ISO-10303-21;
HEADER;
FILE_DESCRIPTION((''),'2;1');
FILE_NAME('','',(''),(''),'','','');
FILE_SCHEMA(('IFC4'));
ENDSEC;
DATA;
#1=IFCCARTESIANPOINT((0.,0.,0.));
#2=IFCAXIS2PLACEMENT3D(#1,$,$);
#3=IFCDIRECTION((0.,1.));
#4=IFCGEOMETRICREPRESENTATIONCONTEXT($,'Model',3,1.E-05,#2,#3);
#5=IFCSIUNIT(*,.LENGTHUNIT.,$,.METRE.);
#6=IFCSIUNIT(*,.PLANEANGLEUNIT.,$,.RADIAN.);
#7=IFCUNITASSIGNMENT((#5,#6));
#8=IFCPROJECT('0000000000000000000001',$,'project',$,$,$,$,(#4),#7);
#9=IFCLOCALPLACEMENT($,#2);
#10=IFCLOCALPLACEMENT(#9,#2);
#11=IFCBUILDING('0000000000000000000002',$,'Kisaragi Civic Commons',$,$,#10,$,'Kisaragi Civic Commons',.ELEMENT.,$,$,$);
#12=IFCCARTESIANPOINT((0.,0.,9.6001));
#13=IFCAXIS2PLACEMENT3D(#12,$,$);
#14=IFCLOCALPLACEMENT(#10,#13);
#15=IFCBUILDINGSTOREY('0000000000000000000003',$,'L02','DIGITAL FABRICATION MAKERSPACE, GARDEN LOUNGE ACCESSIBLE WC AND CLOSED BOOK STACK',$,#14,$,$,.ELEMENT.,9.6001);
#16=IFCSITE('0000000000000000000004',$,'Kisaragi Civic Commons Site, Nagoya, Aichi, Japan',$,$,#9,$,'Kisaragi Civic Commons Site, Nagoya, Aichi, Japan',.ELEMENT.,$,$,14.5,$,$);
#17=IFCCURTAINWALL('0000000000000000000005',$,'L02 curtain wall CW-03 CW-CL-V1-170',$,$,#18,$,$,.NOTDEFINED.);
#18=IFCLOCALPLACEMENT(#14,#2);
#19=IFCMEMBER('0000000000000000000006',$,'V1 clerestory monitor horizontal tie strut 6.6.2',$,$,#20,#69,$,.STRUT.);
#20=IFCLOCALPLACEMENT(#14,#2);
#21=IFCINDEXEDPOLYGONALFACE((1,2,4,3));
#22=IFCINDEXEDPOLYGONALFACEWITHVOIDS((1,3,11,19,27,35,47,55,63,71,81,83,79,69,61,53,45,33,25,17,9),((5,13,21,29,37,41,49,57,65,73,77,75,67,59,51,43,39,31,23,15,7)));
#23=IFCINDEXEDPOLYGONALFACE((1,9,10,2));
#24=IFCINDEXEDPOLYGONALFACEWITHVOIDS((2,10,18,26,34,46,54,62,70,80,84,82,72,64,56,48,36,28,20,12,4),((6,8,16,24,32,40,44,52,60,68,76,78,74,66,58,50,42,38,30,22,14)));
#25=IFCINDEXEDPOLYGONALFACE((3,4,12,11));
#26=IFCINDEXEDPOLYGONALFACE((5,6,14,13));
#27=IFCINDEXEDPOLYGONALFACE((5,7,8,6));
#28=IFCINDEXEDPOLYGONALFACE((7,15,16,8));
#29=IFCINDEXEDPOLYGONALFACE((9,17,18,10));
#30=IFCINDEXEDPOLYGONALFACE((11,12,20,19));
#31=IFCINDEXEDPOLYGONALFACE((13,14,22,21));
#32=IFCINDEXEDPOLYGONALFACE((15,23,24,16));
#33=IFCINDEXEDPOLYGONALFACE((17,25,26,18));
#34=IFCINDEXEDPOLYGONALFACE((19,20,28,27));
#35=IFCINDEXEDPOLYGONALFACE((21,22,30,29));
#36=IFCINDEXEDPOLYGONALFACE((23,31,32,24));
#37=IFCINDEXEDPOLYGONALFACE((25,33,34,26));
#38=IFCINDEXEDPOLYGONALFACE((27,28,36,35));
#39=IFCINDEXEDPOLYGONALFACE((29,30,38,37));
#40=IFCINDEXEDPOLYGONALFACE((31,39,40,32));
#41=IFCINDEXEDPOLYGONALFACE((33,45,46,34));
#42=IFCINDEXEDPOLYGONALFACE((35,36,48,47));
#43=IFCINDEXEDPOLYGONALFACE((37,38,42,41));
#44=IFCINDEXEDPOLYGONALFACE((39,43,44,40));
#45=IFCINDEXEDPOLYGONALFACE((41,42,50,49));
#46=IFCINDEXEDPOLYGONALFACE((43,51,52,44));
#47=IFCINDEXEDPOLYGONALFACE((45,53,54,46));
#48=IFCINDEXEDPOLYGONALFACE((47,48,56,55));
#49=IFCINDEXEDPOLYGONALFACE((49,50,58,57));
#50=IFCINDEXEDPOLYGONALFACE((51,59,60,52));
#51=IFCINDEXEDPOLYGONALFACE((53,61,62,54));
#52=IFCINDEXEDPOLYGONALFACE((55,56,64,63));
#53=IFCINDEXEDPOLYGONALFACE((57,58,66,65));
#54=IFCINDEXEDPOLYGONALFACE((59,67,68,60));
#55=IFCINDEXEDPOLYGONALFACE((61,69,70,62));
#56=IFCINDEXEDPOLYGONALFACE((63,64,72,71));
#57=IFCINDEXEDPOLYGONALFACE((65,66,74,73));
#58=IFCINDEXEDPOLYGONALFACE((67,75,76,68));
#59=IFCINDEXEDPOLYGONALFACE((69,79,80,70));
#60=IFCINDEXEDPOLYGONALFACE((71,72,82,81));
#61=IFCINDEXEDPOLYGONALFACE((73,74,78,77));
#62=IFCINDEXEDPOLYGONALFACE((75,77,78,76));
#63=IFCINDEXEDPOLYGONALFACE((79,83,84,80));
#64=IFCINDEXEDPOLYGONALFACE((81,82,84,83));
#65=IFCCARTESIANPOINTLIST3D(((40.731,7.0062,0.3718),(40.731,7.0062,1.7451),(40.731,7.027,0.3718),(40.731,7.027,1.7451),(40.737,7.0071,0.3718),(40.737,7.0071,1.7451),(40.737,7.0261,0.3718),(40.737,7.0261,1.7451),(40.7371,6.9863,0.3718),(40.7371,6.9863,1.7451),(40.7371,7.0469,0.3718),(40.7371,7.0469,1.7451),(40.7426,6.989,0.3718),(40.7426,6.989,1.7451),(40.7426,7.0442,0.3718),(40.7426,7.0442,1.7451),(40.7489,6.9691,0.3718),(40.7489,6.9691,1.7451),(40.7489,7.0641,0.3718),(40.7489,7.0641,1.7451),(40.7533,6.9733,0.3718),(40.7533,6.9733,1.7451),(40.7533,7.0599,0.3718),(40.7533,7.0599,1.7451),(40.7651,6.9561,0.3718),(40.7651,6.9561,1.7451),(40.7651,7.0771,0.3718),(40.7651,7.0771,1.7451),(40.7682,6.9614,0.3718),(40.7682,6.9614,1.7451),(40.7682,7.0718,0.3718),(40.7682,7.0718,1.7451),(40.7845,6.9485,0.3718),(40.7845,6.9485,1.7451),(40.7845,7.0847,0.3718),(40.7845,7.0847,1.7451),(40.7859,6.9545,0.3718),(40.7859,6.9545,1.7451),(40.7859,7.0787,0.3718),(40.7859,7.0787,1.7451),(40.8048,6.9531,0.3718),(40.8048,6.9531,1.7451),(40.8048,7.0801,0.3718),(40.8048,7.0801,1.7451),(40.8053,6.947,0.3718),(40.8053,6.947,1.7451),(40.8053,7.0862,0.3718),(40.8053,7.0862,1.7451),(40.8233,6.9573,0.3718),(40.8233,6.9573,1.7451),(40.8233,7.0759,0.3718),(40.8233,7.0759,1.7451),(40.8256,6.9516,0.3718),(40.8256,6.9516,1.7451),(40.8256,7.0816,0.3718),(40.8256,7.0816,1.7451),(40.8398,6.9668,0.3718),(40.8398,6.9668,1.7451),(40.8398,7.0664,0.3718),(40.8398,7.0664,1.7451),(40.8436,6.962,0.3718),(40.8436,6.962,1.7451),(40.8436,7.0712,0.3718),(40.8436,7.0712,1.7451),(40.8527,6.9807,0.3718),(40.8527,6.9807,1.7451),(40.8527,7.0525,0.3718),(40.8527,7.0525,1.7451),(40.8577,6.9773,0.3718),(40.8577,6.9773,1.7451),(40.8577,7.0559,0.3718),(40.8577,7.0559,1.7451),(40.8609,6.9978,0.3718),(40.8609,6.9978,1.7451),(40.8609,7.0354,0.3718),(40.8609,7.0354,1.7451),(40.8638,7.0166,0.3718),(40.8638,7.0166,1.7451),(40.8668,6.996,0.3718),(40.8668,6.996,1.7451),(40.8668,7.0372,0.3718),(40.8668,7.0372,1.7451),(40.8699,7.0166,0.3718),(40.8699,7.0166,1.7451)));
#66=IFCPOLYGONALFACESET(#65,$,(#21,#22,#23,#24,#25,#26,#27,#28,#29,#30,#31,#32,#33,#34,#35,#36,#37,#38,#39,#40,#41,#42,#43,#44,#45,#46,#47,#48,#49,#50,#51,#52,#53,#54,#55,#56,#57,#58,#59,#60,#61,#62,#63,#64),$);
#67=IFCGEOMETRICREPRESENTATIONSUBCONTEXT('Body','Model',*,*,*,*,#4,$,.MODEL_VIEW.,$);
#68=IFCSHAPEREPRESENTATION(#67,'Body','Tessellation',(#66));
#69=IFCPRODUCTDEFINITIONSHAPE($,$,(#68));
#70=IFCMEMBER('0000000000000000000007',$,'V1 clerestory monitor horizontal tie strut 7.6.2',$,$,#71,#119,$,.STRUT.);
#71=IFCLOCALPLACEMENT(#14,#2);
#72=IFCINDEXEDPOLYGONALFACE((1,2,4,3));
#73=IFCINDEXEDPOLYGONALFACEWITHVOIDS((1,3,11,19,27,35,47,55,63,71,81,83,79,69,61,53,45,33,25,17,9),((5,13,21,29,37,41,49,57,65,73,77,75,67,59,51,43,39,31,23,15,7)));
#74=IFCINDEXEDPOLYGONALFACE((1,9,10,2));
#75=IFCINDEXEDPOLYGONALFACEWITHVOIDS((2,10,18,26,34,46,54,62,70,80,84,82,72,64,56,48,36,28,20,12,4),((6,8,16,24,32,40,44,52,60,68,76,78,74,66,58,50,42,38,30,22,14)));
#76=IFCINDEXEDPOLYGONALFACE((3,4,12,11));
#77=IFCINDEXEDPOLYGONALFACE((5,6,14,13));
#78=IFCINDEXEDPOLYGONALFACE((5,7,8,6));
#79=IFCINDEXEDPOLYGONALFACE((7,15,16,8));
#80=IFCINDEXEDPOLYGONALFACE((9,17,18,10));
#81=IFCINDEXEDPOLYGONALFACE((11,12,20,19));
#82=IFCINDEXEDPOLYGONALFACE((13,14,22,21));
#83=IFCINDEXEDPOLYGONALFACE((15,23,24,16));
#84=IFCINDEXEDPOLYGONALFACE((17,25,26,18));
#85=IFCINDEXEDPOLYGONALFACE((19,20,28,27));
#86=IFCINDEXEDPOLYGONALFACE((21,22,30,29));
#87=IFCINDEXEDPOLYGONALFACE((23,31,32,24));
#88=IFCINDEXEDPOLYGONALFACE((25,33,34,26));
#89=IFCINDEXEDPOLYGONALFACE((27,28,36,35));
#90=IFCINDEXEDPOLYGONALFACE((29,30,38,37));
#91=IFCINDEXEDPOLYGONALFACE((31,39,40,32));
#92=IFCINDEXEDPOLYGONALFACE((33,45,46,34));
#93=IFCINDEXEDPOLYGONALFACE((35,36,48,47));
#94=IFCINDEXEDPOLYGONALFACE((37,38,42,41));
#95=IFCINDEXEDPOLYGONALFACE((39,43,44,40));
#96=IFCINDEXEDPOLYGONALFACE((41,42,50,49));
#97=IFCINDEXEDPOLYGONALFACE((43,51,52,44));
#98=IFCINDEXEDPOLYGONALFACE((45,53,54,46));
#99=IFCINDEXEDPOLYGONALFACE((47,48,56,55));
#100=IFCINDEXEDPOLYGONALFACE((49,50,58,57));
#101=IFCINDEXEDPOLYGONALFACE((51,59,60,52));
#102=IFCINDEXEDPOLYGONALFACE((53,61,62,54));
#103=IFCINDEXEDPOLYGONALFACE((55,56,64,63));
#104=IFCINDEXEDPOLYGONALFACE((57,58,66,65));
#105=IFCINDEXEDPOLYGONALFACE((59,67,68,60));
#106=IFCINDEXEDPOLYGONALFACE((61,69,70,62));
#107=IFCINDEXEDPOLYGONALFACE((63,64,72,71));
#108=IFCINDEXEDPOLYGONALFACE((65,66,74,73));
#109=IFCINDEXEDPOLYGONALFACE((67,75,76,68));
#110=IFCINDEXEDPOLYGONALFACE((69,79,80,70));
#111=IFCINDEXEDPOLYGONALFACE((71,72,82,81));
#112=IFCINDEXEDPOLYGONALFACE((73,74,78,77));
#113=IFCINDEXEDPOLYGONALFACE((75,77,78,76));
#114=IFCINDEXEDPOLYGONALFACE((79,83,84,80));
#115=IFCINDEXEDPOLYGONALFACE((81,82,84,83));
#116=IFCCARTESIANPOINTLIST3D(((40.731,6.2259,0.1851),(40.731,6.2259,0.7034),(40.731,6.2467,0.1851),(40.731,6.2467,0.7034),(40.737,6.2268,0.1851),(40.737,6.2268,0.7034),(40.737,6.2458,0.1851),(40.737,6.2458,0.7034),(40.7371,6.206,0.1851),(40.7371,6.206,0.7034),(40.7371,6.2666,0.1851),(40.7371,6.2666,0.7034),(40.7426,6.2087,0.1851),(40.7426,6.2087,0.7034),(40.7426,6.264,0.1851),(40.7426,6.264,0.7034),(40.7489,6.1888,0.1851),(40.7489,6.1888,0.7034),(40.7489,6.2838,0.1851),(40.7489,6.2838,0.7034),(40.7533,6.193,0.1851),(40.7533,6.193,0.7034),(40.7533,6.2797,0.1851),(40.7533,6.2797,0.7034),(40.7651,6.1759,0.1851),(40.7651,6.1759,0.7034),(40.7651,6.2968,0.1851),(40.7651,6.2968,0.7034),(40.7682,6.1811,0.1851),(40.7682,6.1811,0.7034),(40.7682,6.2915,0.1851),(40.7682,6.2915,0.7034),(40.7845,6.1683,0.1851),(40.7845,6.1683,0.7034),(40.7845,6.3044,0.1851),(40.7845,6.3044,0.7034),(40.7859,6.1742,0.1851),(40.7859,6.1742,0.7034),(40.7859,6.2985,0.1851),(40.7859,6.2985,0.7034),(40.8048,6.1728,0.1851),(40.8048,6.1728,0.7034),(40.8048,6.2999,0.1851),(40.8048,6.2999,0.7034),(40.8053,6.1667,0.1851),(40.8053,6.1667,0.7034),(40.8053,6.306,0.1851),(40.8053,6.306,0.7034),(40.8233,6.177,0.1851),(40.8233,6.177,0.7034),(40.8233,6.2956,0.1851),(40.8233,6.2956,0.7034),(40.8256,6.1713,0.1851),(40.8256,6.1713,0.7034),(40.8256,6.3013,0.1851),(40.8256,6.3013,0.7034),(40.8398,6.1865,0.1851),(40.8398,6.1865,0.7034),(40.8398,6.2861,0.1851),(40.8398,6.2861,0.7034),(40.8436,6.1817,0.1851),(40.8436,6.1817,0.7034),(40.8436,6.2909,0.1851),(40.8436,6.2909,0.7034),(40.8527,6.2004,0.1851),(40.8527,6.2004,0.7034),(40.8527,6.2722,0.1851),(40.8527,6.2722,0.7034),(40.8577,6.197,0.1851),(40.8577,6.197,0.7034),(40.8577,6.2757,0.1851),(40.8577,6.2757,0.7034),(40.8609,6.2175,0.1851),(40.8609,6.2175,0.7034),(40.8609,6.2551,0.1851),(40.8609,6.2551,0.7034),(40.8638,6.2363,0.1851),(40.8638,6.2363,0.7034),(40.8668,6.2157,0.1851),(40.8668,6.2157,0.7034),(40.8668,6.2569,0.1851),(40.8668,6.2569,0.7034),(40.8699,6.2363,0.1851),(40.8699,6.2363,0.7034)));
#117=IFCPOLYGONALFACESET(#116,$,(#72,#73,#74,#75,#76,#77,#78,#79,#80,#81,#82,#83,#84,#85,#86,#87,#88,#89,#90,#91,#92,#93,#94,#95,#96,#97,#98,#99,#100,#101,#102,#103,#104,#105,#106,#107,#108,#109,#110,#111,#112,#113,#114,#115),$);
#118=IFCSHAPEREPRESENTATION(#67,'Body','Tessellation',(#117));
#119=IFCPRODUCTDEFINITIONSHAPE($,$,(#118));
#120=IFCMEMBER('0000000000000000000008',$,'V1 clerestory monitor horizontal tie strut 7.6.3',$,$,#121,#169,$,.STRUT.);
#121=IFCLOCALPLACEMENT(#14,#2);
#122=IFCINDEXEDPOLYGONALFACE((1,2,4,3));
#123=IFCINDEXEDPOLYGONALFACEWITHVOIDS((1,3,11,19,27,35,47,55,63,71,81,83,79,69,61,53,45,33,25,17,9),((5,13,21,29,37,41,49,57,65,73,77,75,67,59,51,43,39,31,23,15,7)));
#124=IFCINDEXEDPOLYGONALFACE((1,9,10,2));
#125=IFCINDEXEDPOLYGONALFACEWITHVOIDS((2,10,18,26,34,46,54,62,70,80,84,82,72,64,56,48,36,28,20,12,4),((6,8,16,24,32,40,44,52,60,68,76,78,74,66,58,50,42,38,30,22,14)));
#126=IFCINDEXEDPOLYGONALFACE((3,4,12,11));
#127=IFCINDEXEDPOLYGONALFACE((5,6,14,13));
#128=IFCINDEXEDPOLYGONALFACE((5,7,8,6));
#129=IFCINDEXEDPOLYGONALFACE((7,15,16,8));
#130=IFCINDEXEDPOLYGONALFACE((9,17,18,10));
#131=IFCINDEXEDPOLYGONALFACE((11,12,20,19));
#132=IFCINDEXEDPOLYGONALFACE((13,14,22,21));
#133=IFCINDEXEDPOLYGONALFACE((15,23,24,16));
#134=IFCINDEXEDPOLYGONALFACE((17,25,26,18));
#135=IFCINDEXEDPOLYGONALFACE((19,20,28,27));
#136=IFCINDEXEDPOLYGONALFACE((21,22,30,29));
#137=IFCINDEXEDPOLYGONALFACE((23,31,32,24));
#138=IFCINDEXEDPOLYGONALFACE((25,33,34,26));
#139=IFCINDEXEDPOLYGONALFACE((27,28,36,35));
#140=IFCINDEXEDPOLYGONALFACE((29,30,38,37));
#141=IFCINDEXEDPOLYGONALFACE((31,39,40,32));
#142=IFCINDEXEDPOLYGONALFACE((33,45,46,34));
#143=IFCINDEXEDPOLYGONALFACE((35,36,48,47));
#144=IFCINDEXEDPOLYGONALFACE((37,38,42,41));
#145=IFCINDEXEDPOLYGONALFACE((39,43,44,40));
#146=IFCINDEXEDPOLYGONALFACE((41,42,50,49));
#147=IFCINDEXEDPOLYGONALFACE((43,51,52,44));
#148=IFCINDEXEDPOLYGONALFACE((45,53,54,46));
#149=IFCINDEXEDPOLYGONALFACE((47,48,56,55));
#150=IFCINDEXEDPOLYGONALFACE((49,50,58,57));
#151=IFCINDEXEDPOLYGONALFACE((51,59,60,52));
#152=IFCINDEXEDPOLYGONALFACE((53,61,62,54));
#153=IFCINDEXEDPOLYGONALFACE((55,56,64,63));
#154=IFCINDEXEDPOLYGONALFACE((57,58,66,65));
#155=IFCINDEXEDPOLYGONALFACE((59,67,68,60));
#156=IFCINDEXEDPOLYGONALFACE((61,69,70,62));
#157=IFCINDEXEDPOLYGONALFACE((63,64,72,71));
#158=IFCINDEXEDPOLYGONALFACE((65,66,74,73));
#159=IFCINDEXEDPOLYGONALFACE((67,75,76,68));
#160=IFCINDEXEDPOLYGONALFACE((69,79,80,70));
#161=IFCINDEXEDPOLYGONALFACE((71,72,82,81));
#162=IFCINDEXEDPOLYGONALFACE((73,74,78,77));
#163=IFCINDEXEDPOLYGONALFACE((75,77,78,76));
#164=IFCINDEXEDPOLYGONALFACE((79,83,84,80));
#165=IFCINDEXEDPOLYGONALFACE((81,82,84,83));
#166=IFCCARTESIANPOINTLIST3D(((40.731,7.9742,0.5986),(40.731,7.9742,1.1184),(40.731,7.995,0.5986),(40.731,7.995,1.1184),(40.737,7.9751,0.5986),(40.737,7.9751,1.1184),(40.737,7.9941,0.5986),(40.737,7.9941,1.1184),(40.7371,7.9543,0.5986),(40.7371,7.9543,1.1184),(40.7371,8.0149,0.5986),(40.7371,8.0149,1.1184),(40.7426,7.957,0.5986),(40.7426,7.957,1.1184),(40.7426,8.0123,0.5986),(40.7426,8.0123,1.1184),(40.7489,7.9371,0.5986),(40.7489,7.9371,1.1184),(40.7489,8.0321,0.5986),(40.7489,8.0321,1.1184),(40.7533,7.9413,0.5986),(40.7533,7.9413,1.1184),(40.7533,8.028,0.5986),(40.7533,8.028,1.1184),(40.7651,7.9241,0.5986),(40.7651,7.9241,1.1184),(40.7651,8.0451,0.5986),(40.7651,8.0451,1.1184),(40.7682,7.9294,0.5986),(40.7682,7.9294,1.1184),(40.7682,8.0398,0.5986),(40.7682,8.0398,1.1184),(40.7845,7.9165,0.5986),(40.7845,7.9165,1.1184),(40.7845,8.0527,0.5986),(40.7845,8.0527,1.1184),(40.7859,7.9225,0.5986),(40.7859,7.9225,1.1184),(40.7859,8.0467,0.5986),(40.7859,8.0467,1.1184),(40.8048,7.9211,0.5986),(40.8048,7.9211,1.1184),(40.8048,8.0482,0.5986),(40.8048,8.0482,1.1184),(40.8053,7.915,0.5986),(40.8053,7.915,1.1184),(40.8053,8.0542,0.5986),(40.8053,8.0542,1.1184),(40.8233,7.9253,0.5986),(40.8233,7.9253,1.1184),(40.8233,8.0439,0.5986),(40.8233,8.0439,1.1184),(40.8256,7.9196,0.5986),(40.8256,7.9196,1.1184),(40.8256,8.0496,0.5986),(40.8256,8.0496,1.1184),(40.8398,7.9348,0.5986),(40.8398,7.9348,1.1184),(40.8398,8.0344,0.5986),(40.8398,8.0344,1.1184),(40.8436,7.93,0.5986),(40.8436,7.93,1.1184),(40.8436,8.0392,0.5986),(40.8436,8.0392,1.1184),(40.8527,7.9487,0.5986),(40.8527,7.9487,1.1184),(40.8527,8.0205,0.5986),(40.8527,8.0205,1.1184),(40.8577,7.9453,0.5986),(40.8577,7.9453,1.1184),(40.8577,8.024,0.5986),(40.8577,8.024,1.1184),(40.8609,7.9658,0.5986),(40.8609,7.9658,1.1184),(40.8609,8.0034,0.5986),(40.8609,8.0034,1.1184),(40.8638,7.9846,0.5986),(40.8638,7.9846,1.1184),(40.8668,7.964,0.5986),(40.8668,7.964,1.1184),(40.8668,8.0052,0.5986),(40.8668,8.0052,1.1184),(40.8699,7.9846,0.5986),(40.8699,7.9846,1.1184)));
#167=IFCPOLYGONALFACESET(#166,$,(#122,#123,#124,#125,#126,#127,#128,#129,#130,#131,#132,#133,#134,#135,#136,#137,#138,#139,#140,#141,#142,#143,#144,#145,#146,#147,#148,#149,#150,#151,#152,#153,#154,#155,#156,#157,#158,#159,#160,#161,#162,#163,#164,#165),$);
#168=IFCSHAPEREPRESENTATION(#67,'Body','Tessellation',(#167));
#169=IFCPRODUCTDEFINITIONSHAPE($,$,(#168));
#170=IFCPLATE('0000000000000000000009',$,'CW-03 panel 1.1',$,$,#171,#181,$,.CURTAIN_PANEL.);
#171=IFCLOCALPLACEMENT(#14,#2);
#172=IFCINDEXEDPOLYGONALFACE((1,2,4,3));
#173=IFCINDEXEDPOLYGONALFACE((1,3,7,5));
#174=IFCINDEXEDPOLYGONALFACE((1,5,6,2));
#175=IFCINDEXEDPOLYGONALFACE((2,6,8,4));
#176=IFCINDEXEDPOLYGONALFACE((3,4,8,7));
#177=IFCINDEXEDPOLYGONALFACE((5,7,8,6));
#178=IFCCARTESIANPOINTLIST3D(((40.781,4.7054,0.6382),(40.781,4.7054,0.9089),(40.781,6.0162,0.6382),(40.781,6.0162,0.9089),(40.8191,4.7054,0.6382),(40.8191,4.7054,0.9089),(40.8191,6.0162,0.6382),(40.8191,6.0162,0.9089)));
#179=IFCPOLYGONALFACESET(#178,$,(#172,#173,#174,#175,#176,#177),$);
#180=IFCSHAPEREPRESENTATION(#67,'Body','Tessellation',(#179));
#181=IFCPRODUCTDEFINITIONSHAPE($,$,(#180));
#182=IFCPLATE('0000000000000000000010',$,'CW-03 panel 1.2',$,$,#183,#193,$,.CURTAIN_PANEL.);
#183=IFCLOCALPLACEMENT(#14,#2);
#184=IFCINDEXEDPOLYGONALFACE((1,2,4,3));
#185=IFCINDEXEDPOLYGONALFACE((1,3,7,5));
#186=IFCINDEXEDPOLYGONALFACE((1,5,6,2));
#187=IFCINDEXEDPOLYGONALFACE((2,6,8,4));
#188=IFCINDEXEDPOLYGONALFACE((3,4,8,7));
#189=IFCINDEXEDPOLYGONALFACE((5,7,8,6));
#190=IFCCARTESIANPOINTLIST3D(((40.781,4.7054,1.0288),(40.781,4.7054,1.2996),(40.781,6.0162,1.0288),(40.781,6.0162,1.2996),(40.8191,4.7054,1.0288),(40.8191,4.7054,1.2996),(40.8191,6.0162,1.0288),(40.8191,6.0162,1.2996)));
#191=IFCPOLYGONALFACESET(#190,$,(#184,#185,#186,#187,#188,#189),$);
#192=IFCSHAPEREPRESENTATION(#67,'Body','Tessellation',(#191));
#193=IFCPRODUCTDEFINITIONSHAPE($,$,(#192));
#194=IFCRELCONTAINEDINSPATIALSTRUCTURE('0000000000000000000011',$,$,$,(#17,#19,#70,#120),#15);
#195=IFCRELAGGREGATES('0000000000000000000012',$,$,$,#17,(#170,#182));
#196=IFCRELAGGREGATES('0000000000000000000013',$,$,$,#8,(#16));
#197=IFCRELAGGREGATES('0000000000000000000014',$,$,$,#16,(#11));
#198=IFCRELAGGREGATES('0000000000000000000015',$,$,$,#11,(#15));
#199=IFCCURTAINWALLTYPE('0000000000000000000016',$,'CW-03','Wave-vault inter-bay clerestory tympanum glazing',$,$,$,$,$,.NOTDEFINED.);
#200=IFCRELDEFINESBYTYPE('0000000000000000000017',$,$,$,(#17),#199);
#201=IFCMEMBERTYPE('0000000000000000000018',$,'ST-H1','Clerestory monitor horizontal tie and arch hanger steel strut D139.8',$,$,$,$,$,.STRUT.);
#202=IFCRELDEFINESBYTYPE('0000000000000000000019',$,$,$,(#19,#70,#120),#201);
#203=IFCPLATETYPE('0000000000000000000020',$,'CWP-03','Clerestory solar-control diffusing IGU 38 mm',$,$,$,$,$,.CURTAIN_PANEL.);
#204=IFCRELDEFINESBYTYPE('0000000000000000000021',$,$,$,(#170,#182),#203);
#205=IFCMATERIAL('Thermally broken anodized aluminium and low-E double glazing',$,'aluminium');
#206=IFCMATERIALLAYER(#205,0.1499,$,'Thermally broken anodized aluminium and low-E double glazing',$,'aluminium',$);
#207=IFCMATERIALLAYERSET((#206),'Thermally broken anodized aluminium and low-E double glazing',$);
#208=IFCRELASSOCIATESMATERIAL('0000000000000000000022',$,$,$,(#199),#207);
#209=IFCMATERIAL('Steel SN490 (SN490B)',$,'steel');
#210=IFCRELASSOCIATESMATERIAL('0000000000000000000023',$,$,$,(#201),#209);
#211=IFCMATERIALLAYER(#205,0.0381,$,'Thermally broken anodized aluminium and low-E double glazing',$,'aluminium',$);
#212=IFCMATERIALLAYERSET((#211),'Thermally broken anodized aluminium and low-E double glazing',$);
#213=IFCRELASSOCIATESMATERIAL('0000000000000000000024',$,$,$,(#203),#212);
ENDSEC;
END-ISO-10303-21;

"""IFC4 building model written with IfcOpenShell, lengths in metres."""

from ifc_helpers import new_model, si_unit, direction, frame, origin, origin_2d, place, context, subcontext, project, spatial, rectangle, hollow_circle, extrude, material, layer, layer_set, material_profile, profile_set, type_object, element, aggregate, save


model = new_model("IFC4")

# Units and contexts
model_context = context("Model", 3, precision=1e-05, world=origin(), true_north=direction((0.0, 1.0)))
body_context = subcontext(model_context, "Body", "Model", "MODEL_VIEW")
ifc_project = project(units=[si_unit("LENGTHUNIT", "METRE"), si_unit("PLANEANGLEUNIT", "RADIAN")], contexts=[model_context])

# Site, building, storey
site_placement = place(None, origin())
site = spatial("IfcSite", under=ifc_project, at=site_placement, Name="Kisaragi Civic Commons Site, Nagoya, Aichi, Japan", LongName="Kisaragi Civic Commons Site, Nagoya, Aichi, Japan", CompositionType="ELEMENT", RefElevation=14.5)
building_placement = place(site_placement, origin())
building = spatial("IfcBuilding", under=site, at=building_placement, Name="Kisaragi Civic Commons", LongName="Kisaragi Civic Commons", CompositionType="ELEMENT")
storey_placement = place(building_placement, frame((0.0, 0.0, 9.6001)))
storey = spatial("IfcBuildingStorey", under=building, at=storey_placement, Name="L02", Description="DIGITAL FABRICATION MAKERSPACE, GARDEN LOUNGE ACCESSIBLE WC AND CLOSED BOOK STACK", CompositionType="ELEMENT", Elevation=9.6001)

# Curtain wall
ifc_material_1 = material(Name="Thermally broken anodized aluminium and low-E double glazing", Category="aluminium")
ifc_layer_1 = layer(ifc_material_1, 0.1499, Name="Thermally broken anodized aluminium and low-E double glazing", Category="aluminium")
ifc_layer_set_1 = layer_set([ifc_layer_1], Name="Thermally broken anodized aluminium and low-E double glazing")
curtain_wall_type = type_object("IfcCurtainWallType", Name="CW-03", Description="Wave-vault inter-bay clerestory tympanum glazing", PredefinedType="NOTDEFINED", material=ifc_layer_set_1)
curtain_wall_placement = place(storey_placement, origin())
curtain_wall = element("IfcCurtainWall", 1, at=curtain_wall_placement, inside=storey, type_object=curtain_wall_type, Name="L02 curtain wall CW-03 CW-CL-V1-170", PredefinedType="NOTDEFINED")

# Members
ifc_material_2 = material(Name="Steel SN490 (SN490B)", Category="steel")
ifc_material_profile_1 = material_profile(ifc_material_2, hollow_circle(Radius=0.0698, WallThickness=0.0061, at=origin_2d()), Name="CHS-139.8x6.0", Category="steel")
ifc_profile_set_1 = profile_set([ifc_material_profile_1], Name="Steel SN490 (SN490B)")
member_type_1 = type_object("IfcMemberType", Name="ST-H1", Description="Clerestory monitor horizontal tie and arch hanger steel strut D139.8", PredefinedType="STRUT", material=ifc_profile_set_1)
member_1_placement = place(storey_placement, frame((40.8, 7.0166, 0.3718), z_axis=(0.0, 0.0, 1.0), x_axis=(1.0, 0.0, 0.0)))
element("IfcMember", 2, at=member_1_placement, inside=storey, type_object=member_type_1, Name="V1 clerestory monitor horizontal tie strut 6.6.2", PredefinedType="STRUT", context=body_context, shape_type="SweptSolid", body=[
    extrude(hollow_circle(Radius=0.0698, WallThickness=0.0061, at=origin_2d()), origin(), (0.0, 0.0, 1.0), 1.3733),
])
member_2_placement = place(storey_placement, frame((40.8, 6.2363, 0.1851), z_axis=(0.0, 0.0, 1.0), x_axis=(1.0, 0.0, 0.0)))
element("IfcMember", 3, at=member_2_placement, inside=storey, type_object=member_type_1, Name="V1 clerestory monitor horizontal tie strut 7.6.2", PredefinedType="STRUT", context=body_context, shape_type="SweptSolid", body=[
    extrude(hollow_circle(Radius=0.0698, WallThickness=0.0061, at=origin_2d()), origin(), (0.0, 0.0, 1.0), 0.5183),
])
member_3_placement = place(storey_placement, frame((40.8, 7.9846, 0.5986), z_axis=(0.0, 0.0, 1.0), x_axis=(1.0, 0.0, 0.0)))
element("IfcMember", 4, at=member_3_placement, inside=storey, type_object=member_type_1, Name="V1 clerestory monitor horizontal tie strut 7.6.3", PredefinedType="STRUT", context=body_context, shape_type="SweptSolid", body=[
    extrude(hollow_circle(Radius=0.0698, WallThickness=0.0061, at=origin_2d()), origin(), (0.0, 0.0, 1.0), 0.5198),
])

# Plates
ifc_layer_2 = layer(ifc_material_1, 0.0381, Name="Thermally broken anodized aluminium and low-E double glazing", Category="aluminium")
ifc_layer_set_2 = layer_set([ifc_layer_2], Name="Thermally broken anodized aluminium and low-E double glazing")
plate_type_1 = type_object("IfcPlateType", Name="CWP-03", Description="Clerestory solar-control diffusing IGU 38 mm", PredefinedType="CURTAIN_PANEL", material=ifc_layer_set_2)
plate_1_placement = place(storey_placement, frame((40.8, 5.3608, 0.6382), z_axis=(0.0, 0.0, 1.0), x_axis=(0.0, 1.0, 0.0)))
plate_1 = element("IfcPlate", 5, at=plate_1_placement, type_object=plate_type_1, Name="CW-03 panel 1.1", PredefinedType="CURTAIN_PANEL", context=body_context, shape_type="SweptSolid", body=[
    extrude(rectangle(XDim=1.3108, YDim=0.0381, at=origin_2d()), origin(), (0.0, 0.0, 1.0), 0.2708),
])
plate_2_placement = place(storey_placement, frame((40.8, 5.3608, 1.0288), z_axis=(0.0, 0.0, 1.0), x_axis=(0.0, 1.0, 0.0)))
plate_2 = element("IfcPlate", 6, at=plate_2_placement, type_object=plate_type_1, Name="CW-03 panel 1.2", PredefinedType="CURTAIN_PANEL", context=body_context, shape_type="SweptSolid", body=[
    extrude(rectangle(XDim=1.3108, YDim=0.0381, at=origin_2d()), origin(), (0.0, 0.0, 1.0), 0.2708),
])
aggregate(curtain_wall, [plate_1, plate_2])

save(model, "model.ifc")
